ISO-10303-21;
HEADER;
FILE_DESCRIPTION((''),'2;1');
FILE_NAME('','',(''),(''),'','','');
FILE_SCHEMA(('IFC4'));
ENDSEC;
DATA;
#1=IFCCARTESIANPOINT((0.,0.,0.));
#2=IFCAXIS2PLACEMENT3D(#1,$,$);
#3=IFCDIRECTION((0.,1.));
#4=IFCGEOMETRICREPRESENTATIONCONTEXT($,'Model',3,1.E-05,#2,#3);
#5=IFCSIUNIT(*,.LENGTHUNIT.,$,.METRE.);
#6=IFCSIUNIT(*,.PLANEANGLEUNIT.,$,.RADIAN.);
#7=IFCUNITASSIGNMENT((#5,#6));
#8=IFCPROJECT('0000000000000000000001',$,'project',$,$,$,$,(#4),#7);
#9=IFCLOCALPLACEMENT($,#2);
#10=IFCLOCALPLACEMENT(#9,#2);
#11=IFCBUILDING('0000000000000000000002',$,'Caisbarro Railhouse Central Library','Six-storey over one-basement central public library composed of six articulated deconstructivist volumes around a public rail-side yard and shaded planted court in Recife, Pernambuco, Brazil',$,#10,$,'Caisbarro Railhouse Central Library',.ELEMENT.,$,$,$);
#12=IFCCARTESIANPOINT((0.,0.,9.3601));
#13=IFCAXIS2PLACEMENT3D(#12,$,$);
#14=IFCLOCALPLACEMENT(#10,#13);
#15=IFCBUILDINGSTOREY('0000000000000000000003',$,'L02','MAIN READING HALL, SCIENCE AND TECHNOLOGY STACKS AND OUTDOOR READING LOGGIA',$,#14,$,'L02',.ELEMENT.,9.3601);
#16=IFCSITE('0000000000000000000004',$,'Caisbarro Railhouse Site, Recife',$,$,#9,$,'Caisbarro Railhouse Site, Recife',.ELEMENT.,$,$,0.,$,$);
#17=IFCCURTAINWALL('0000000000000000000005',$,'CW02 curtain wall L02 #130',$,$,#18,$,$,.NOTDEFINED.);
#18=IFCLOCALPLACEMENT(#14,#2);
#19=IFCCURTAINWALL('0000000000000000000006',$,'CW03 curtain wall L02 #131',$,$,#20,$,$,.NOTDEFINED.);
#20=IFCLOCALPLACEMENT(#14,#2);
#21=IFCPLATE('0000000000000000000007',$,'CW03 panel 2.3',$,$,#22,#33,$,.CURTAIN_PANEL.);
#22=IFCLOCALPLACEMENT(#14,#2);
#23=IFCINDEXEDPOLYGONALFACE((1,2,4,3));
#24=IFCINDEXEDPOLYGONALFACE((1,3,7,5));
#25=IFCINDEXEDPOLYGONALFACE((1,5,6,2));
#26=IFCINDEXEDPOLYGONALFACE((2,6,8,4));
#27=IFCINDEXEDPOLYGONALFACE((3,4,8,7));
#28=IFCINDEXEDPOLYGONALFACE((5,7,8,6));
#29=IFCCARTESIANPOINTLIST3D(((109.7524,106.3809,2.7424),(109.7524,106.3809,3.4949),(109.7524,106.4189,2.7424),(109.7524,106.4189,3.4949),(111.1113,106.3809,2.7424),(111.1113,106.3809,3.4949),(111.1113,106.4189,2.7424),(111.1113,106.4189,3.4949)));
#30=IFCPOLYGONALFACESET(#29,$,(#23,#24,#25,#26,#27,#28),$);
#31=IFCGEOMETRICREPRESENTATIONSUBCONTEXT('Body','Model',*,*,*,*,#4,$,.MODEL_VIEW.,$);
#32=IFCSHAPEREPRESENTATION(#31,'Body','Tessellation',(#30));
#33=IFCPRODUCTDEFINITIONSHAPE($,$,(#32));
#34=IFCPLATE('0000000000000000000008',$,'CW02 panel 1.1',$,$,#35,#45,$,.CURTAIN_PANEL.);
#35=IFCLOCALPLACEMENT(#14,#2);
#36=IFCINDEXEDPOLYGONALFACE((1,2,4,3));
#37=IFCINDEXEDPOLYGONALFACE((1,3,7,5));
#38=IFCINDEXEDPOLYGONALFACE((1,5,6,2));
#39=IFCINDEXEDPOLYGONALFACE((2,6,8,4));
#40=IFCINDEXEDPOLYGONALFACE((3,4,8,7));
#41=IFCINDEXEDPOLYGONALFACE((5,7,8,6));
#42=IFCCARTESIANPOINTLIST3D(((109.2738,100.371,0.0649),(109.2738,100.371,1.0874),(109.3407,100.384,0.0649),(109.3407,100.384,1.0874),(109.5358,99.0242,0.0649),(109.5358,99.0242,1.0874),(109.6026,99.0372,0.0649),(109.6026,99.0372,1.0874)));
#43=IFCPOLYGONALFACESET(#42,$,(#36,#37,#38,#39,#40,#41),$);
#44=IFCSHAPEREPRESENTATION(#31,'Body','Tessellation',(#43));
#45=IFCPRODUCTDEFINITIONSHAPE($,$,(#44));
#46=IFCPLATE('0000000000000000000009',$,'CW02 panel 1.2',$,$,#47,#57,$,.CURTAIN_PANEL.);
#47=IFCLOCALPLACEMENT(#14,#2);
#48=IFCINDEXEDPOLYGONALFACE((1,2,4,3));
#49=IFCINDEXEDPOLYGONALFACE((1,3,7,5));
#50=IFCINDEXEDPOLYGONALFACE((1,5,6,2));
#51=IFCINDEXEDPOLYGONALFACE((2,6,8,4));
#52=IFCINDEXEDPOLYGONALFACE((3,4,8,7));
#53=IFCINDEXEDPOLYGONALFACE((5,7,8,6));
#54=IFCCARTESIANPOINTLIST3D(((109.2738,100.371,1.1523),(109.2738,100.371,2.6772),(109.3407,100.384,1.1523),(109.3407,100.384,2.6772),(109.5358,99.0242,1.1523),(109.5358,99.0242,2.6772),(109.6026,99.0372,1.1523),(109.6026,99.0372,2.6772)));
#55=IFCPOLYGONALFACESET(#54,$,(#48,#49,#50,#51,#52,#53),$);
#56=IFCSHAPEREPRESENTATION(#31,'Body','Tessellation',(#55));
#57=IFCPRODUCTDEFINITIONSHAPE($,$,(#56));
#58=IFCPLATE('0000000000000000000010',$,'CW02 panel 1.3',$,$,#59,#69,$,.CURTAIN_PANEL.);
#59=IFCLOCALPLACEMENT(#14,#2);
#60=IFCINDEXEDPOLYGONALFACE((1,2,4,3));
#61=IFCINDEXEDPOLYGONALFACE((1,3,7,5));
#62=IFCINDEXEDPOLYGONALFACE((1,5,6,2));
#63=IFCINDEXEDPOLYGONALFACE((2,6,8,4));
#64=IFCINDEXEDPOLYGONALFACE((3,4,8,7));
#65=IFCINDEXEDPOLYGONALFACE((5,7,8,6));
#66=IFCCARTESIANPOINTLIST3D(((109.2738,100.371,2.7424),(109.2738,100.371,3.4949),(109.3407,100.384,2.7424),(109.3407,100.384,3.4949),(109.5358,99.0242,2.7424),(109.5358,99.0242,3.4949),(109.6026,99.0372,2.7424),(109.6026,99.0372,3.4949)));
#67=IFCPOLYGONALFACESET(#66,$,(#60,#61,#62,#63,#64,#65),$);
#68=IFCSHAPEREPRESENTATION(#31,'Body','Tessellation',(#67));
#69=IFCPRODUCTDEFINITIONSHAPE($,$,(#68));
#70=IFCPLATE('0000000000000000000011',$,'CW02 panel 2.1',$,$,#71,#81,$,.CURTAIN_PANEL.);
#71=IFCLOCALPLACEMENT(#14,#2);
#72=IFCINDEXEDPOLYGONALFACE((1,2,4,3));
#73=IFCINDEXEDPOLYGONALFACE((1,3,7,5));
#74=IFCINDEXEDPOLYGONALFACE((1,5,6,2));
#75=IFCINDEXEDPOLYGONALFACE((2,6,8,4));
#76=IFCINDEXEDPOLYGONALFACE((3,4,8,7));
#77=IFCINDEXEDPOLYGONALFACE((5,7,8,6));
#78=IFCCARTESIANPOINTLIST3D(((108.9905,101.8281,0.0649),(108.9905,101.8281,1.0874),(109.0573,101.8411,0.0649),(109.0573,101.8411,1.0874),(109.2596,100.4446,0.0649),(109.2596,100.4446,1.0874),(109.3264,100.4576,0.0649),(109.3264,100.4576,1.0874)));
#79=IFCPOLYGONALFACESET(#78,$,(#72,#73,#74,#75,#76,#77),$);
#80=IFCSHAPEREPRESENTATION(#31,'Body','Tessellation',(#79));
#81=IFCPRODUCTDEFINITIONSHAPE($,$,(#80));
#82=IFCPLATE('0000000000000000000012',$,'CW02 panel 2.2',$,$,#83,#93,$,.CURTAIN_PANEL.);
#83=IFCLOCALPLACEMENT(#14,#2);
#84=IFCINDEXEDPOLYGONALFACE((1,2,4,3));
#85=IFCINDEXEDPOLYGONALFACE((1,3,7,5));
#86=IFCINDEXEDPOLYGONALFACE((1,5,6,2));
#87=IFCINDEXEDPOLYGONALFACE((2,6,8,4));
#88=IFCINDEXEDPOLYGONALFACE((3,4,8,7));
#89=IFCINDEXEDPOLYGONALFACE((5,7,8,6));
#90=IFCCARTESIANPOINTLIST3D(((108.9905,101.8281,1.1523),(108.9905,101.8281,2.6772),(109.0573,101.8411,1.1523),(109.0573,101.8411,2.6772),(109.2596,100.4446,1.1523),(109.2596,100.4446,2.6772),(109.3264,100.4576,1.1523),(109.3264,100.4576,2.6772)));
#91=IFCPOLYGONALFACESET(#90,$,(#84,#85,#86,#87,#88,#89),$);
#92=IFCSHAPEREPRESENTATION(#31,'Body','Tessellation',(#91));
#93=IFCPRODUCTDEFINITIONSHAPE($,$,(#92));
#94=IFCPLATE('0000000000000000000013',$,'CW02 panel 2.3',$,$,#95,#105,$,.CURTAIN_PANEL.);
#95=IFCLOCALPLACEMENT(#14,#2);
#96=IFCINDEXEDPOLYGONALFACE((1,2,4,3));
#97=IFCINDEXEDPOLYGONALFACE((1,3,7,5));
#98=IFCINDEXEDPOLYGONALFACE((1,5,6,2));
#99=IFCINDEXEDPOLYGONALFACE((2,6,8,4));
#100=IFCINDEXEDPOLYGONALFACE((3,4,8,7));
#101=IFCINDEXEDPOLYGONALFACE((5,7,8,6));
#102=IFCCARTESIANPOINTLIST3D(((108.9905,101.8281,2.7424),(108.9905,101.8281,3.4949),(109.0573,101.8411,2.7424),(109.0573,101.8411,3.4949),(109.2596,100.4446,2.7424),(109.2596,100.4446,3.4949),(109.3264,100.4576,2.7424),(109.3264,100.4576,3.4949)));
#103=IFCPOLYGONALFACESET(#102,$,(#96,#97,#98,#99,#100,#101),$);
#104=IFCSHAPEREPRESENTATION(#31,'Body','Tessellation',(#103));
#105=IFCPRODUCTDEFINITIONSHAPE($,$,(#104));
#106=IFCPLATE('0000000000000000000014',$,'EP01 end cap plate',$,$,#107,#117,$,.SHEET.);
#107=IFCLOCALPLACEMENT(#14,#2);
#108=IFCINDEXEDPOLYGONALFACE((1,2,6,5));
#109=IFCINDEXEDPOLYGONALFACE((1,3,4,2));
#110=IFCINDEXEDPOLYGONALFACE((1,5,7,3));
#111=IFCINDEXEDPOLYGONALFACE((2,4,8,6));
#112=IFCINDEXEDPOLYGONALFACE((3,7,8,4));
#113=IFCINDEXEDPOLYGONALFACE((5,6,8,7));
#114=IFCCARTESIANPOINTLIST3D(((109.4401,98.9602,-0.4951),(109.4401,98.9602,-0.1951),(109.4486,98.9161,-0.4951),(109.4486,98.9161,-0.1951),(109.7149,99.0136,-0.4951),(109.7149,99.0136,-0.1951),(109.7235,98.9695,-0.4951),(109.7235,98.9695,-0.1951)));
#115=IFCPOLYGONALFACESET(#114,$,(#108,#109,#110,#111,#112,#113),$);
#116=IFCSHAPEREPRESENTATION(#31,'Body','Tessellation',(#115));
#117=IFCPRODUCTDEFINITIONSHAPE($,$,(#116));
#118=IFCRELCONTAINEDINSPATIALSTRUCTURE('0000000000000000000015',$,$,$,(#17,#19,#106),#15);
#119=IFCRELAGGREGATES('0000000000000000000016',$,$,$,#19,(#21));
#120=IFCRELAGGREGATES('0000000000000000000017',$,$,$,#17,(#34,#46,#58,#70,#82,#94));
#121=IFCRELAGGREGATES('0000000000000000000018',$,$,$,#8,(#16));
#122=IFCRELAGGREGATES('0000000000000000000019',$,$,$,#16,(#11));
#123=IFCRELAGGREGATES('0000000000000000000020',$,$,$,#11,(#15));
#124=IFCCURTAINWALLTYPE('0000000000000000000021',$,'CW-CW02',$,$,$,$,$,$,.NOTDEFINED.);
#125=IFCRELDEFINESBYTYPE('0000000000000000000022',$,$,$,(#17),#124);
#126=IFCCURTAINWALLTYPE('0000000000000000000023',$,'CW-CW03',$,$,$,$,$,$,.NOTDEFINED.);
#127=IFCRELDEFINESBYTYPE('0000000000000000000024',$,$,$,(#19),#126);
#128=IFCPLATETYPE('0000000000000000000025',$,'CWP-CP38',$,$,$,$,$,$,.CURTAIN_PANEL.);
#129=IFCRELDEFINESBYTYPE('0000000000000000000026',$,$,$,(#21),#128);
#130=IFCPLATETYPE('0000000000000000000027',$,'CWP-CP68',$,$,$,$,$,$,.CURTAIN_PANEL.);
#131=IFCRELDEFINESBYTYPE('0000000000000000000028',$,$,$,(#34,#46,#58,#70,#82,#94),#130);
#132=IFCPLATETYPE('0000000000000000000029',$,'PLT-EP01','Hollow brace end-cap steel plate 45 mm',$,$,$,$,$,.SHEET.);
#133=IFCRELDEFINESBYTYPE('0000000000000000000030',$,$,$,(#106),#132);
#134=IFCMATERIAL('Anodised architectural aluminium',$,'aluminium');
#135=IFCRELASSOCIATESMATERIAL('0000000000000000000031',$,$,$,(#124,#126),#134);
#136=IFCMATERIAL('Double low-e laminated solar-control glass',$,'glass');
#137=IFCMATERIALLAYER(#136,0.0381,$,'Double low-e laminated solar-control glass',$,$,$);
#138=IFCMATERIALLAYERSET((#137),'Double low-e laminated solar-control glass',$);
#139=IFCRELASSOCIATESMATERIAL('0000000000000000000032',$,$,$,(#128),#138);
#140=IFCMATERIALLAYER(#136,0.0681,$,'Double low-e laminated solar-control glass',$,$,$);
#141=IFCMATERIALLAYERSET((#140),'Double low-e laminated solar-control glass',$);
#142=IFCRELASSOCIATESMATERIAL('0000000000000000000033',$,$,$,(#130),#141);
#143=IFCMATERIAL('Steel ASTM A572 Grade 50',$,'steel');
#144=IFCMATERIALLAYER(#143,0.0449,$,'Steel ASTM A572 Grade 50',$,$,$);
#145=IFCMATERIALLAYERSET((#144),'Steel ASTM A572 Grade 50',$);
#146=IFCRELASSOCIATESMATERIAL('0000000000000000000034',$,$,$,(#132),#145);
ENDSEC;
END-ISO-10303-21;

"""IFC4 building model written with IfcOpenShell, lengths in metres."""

from ifc_helpers import new_model, si_unit, direction, frame, origin, origin_2d, place, context, subcontext, project, spatial, rectangle, extrude, material, layer, layer_set, type_object, element, aggregate, save


model = new_model("IFC4")

# Units and contexts
model_context = context("Model", 3, precision=1e-05, world=origin(), true_north=direction((0.0, 1.0)))
body_context = subcontext(model_context, "Body", "Model", "MODEL_VIEW")
ifc_project = project(units=[si_unit("LENGTHUNIT", "METRE"), si_unit("PLANEANGLEUNIT", "RADIAN")], contexts=[model_context])

# Site, building, storey
site_placement = place(None, origin())
site = spatial("IfcSite", under=ifc_project, at=site_placement, Name="Caisbarro Railhouse Site, Recife", LongName="Caisbarro Railhouse Site, Recife", CompositionType="ELEMENT", RefElevation=0.0)
building_placement = place(site_placement, origin())
building = spatial("IfcBuilding", under=site, at=building_placement, Name="Caisbarro Railhouse Central Library", Description="Six-storey over one-basement central public library composed of six articulated deconstructivist volumes around a public rail-side yard and shaded planted court in Recife, Pernambuco, Brazil", LongName="Caisbarro Railhouse Central Library", CompositionType="ELEMENT")
storey_placement = place(building_placement, frame((0.0, 0.0, 9.3601)))
storey = spatial("IfcBuildingStorey", under=building, at=storey_placement, Name="L02", Description="MAIN READING HALL, SCIENCE AND TECHNOLOGY STACKS AND OUTDOOR READING LOGGIA", LongName="L02", CompositionType="ELEMENT", Elevation=9.3601)

# Shared definitions
ifc_material_1 = material(Name="Steel ASTM A572 Grade 50", Category="steel")

# Curtain walls
ifc_material_2 = material(Name="Anodised architectural aluminium", Category="aluminium")
curtain_wall_type_1 = type_object("IfcCurtainWallType", Name="CW-CW02", PredefinedType="NOTDEFINED", material=ifc_material_2)
curtain_wall_1_placement = place(storey_placement, origin())
curtain_wall_1 = element("IfcCurtainWall", 1, at=curtain_wall_1_placement, inside=storey, type_object=curtain_wall_type_1, Name="CW02 curtain wall L02 #130", PredefinedType="NOTDEFINED")
curtain_wall_type_2 = type_object("IfcCurtainWallType", Name="CW-CW03", PredefinedType="NOTDEFINED", material=ifc_material_2)
curtain_wall_2_placement = place(storey_placement, origin())
curtain_wall_2 = element("IfcCurtainWall", 2, at=curtain_wall_2_placement, inside=storey, type_object=curtain_wall_type_2, Name="CW03 curtain wall L02 #131", PredefinedType="NOTDEFINED")

# Plates
ifc_material_3 = material(Name="Double low-e laminated solar-control glass", Category="glass")
ifc_layer_1 = layer(ifc_material_3, 0.0381, Name="Double low-e laminated solar-control glass")
ifc_layer_set_1 = layer_set([ifc_layer_1], Name="Double low-e laminated solar-control glass")
plate_type_1 = type_object("IfcPlateType", Name="CWP-CP38", PredefinedType="CURTAIN_PANEL", material=ifc_layer_set_1)
plate_1_placement = place(storey_placement, frame((110.4319, 106.3999, 2.7424), z_axis=(0.0, 0.0, 1.0), x_axis=(1.0, 0.0, 0.0)))
plate_1 = element("IfcPlate", 3, at=plate_1_placement, type_object=plate_type_1, Name="CW03 panel 2.3", PredefinedType="CURTAIN_PANEL", context=body_context, shape_type="SweptSolid", body=[
    extrude(rectangle(XDim=1.3589, YDim=0.0381, at=origin_2d()), origin(), (0.0, 0.0, 1.0), 0.7524),
])
aggregate(curtain_wall_2, [plate_1])
ifc_layer_2 = layer(ifc_material_3, 0.0681, Name="Double low-e laminated solar-control glass")
ifc_layer_set_2 = layer_set([ifc_layer_2], Name="Double low-e laminated solar-control glass")
plate_type_2 = type_object("IfcPlateType", Name="CWP-CP68", PredefinedType="CURTAIN_PANEL", material=ifc_layer_set_2)
plate_2_placement = place(storey_placement, frame((109.4382, 99.7041, 0.0649), z_axis=(0.0, 0.0, 1.0), x_axis=(-0.190911, 0.981607, 0.0)))
plate_2 = element("IfcPlate", 4, at=plate_2_placement, type_object=plate_type_2, Name="CW02 panel 1.1", PredefinedType="CURTAIN_PANEL", context=body_context, shape_type="SweptSolid", body=[
    extrude(rectangle(XDim=1.3721, YDim=0.0681, at=origin_2d()), origin(), (0.0, 0.0, 1.0), 1.0225),
])
plate_3_placement = place(storey_placement, frame((109.4382, 99.7041, 1.1523), z_axis=(0.0, 0.0, 1.0), x_axis=(-0.190911, 0.981607, 0.0)))
plate_3 = element("IfcPlate", 5, at=plate_3_placement, type_object=plate_type_2, Name="CW02 panel 1.2", PredefinedType="CURTAIN_PANEL", context=body_context, shape_type="SweptSolid", body=[
    extrude(rectangle(XDim=1.3721, YDim=0.0681, at=origin_2d()), origin(), (0.0, 0.0, 1.0), 1.5249),
])
plate_4_placement = place(storey_placement, frame((109.4382, 99.7041, 2.7424), z_axis=(0.0, 0.0, 1.0), x_axis=(-0.190911, 0.981607, 0.0)))
plate_4 = element("IfcPlate", 6, at=plate_4_placement, type_object=plate_type_2, Name="CW02 panel 1.3", PredefinedType="CURTAIN_PANEL", context=body_context, shape_type="SweptSolid", body=[
    extrude(rectangle(XDim=1.3721, YDim=0.0681, at=origin_2d()), origin(), (0.0, 0.0, 1.0), 0.7524),
])
plate_5_placement = place(storey_placement, frame((109.1584, 101.1428, 0.0649), z_axis=(0.0, 0.0, 1.0), x_axis=(-0.190911, 0.981607, 0.0)))
plate_5 = element("IfcPlate", 7, at=plate_5_placement, type_object=plate_type_2, Name="CW02 panel 2.1", PredefinedType="CURTAIN_PANEL", context=body_context, shape_type="SweptSolid", body=[
    extrude(rectangle(XDim=1.4094, YDim=0.0681, at=origin_2d()), origin(), (0.0, 0.0, 1.0), 1.0225),
])
plate_6_placement = place(storey_placement, frame((109.1584, 101.1428, 1.1523), z_axis=(0.0, 0.0, 1.0), x_axis=(-0.190911, 0.981607, 0.0)))
plate_6 = element("IfcPlate", 8, at=plate_6_placement, type_object=plate_type_2, Name="CW02 panel 2.2", PredefinedType="CURTAIN_PANEL", context=body_context, shape_type="SweptSolid", body=[
    extrude(rectangle(XDim=1.4094, YDim=0.0681, at=origin_2d()), origin(), (0.0, 0.0, 1.0), 1.5249),
])
plate_7_placement = place(storey_placement, frame((109.1584, 101.1428, 2.7424), z_axis=(0.0, 0.0, 1.0), x_axis=(-0.190911, 0.981607, 0.0)))
plate_7 = element("IfcPlate", 9, at=plate_7_placement, type_object=plate_type_2, Name="CW02 panel 2.3", PredefinedType="CURTAIN_PANEL", context=body_context, shape_type="SweptSolid", body=[
    extrude(rectangle(XDim=1.4094, YDim=0.0681, at=origin_2d()), origin(), (0.0, 0.0, 1.0), 0.7524),
])
aggregate(curtain_wall_1, [plate_2, plate_3, plate_4, plate_5, plate_6, plate_7])
ifc_layer_3 = layer(ifc_material_1, 0.0449, Name="Steel ASTM A572 Grade 50")
ifc_layer_set_3 = layer_set([ifc_layer_3], Name="Steel ASTM A572 Grade 50")
plate_type_3 = type_object("IfcPlateType", Name="PLT-EP01", Description="Hollow brace end-cap steel plate 45 mm", PredefinedType="SHEET", material=ifc_layer_set_3)
plate_8_placement = place(storey_placement, frame((109.5818, 98.9648, -0.4951), z_axis=(0.0, 0.0, 1.0), x_axis=(-0.190809, 0.981627, 0.0)))
element("IfcPlate", 10, at=plate_8_placement, inside=storey, type_object=plate_type_3, Name="EP01 end cap plate", PredefinedType="SHEET", context=body_context, shape_type="SweptSolid", body=[
    extrude(rectangle(XDim=0.0449, YDim=0.28, at=origin_2d()), origin(), (0.0, 0.0, 1.0), 0.3),
])

save(model, "model.ifc")
